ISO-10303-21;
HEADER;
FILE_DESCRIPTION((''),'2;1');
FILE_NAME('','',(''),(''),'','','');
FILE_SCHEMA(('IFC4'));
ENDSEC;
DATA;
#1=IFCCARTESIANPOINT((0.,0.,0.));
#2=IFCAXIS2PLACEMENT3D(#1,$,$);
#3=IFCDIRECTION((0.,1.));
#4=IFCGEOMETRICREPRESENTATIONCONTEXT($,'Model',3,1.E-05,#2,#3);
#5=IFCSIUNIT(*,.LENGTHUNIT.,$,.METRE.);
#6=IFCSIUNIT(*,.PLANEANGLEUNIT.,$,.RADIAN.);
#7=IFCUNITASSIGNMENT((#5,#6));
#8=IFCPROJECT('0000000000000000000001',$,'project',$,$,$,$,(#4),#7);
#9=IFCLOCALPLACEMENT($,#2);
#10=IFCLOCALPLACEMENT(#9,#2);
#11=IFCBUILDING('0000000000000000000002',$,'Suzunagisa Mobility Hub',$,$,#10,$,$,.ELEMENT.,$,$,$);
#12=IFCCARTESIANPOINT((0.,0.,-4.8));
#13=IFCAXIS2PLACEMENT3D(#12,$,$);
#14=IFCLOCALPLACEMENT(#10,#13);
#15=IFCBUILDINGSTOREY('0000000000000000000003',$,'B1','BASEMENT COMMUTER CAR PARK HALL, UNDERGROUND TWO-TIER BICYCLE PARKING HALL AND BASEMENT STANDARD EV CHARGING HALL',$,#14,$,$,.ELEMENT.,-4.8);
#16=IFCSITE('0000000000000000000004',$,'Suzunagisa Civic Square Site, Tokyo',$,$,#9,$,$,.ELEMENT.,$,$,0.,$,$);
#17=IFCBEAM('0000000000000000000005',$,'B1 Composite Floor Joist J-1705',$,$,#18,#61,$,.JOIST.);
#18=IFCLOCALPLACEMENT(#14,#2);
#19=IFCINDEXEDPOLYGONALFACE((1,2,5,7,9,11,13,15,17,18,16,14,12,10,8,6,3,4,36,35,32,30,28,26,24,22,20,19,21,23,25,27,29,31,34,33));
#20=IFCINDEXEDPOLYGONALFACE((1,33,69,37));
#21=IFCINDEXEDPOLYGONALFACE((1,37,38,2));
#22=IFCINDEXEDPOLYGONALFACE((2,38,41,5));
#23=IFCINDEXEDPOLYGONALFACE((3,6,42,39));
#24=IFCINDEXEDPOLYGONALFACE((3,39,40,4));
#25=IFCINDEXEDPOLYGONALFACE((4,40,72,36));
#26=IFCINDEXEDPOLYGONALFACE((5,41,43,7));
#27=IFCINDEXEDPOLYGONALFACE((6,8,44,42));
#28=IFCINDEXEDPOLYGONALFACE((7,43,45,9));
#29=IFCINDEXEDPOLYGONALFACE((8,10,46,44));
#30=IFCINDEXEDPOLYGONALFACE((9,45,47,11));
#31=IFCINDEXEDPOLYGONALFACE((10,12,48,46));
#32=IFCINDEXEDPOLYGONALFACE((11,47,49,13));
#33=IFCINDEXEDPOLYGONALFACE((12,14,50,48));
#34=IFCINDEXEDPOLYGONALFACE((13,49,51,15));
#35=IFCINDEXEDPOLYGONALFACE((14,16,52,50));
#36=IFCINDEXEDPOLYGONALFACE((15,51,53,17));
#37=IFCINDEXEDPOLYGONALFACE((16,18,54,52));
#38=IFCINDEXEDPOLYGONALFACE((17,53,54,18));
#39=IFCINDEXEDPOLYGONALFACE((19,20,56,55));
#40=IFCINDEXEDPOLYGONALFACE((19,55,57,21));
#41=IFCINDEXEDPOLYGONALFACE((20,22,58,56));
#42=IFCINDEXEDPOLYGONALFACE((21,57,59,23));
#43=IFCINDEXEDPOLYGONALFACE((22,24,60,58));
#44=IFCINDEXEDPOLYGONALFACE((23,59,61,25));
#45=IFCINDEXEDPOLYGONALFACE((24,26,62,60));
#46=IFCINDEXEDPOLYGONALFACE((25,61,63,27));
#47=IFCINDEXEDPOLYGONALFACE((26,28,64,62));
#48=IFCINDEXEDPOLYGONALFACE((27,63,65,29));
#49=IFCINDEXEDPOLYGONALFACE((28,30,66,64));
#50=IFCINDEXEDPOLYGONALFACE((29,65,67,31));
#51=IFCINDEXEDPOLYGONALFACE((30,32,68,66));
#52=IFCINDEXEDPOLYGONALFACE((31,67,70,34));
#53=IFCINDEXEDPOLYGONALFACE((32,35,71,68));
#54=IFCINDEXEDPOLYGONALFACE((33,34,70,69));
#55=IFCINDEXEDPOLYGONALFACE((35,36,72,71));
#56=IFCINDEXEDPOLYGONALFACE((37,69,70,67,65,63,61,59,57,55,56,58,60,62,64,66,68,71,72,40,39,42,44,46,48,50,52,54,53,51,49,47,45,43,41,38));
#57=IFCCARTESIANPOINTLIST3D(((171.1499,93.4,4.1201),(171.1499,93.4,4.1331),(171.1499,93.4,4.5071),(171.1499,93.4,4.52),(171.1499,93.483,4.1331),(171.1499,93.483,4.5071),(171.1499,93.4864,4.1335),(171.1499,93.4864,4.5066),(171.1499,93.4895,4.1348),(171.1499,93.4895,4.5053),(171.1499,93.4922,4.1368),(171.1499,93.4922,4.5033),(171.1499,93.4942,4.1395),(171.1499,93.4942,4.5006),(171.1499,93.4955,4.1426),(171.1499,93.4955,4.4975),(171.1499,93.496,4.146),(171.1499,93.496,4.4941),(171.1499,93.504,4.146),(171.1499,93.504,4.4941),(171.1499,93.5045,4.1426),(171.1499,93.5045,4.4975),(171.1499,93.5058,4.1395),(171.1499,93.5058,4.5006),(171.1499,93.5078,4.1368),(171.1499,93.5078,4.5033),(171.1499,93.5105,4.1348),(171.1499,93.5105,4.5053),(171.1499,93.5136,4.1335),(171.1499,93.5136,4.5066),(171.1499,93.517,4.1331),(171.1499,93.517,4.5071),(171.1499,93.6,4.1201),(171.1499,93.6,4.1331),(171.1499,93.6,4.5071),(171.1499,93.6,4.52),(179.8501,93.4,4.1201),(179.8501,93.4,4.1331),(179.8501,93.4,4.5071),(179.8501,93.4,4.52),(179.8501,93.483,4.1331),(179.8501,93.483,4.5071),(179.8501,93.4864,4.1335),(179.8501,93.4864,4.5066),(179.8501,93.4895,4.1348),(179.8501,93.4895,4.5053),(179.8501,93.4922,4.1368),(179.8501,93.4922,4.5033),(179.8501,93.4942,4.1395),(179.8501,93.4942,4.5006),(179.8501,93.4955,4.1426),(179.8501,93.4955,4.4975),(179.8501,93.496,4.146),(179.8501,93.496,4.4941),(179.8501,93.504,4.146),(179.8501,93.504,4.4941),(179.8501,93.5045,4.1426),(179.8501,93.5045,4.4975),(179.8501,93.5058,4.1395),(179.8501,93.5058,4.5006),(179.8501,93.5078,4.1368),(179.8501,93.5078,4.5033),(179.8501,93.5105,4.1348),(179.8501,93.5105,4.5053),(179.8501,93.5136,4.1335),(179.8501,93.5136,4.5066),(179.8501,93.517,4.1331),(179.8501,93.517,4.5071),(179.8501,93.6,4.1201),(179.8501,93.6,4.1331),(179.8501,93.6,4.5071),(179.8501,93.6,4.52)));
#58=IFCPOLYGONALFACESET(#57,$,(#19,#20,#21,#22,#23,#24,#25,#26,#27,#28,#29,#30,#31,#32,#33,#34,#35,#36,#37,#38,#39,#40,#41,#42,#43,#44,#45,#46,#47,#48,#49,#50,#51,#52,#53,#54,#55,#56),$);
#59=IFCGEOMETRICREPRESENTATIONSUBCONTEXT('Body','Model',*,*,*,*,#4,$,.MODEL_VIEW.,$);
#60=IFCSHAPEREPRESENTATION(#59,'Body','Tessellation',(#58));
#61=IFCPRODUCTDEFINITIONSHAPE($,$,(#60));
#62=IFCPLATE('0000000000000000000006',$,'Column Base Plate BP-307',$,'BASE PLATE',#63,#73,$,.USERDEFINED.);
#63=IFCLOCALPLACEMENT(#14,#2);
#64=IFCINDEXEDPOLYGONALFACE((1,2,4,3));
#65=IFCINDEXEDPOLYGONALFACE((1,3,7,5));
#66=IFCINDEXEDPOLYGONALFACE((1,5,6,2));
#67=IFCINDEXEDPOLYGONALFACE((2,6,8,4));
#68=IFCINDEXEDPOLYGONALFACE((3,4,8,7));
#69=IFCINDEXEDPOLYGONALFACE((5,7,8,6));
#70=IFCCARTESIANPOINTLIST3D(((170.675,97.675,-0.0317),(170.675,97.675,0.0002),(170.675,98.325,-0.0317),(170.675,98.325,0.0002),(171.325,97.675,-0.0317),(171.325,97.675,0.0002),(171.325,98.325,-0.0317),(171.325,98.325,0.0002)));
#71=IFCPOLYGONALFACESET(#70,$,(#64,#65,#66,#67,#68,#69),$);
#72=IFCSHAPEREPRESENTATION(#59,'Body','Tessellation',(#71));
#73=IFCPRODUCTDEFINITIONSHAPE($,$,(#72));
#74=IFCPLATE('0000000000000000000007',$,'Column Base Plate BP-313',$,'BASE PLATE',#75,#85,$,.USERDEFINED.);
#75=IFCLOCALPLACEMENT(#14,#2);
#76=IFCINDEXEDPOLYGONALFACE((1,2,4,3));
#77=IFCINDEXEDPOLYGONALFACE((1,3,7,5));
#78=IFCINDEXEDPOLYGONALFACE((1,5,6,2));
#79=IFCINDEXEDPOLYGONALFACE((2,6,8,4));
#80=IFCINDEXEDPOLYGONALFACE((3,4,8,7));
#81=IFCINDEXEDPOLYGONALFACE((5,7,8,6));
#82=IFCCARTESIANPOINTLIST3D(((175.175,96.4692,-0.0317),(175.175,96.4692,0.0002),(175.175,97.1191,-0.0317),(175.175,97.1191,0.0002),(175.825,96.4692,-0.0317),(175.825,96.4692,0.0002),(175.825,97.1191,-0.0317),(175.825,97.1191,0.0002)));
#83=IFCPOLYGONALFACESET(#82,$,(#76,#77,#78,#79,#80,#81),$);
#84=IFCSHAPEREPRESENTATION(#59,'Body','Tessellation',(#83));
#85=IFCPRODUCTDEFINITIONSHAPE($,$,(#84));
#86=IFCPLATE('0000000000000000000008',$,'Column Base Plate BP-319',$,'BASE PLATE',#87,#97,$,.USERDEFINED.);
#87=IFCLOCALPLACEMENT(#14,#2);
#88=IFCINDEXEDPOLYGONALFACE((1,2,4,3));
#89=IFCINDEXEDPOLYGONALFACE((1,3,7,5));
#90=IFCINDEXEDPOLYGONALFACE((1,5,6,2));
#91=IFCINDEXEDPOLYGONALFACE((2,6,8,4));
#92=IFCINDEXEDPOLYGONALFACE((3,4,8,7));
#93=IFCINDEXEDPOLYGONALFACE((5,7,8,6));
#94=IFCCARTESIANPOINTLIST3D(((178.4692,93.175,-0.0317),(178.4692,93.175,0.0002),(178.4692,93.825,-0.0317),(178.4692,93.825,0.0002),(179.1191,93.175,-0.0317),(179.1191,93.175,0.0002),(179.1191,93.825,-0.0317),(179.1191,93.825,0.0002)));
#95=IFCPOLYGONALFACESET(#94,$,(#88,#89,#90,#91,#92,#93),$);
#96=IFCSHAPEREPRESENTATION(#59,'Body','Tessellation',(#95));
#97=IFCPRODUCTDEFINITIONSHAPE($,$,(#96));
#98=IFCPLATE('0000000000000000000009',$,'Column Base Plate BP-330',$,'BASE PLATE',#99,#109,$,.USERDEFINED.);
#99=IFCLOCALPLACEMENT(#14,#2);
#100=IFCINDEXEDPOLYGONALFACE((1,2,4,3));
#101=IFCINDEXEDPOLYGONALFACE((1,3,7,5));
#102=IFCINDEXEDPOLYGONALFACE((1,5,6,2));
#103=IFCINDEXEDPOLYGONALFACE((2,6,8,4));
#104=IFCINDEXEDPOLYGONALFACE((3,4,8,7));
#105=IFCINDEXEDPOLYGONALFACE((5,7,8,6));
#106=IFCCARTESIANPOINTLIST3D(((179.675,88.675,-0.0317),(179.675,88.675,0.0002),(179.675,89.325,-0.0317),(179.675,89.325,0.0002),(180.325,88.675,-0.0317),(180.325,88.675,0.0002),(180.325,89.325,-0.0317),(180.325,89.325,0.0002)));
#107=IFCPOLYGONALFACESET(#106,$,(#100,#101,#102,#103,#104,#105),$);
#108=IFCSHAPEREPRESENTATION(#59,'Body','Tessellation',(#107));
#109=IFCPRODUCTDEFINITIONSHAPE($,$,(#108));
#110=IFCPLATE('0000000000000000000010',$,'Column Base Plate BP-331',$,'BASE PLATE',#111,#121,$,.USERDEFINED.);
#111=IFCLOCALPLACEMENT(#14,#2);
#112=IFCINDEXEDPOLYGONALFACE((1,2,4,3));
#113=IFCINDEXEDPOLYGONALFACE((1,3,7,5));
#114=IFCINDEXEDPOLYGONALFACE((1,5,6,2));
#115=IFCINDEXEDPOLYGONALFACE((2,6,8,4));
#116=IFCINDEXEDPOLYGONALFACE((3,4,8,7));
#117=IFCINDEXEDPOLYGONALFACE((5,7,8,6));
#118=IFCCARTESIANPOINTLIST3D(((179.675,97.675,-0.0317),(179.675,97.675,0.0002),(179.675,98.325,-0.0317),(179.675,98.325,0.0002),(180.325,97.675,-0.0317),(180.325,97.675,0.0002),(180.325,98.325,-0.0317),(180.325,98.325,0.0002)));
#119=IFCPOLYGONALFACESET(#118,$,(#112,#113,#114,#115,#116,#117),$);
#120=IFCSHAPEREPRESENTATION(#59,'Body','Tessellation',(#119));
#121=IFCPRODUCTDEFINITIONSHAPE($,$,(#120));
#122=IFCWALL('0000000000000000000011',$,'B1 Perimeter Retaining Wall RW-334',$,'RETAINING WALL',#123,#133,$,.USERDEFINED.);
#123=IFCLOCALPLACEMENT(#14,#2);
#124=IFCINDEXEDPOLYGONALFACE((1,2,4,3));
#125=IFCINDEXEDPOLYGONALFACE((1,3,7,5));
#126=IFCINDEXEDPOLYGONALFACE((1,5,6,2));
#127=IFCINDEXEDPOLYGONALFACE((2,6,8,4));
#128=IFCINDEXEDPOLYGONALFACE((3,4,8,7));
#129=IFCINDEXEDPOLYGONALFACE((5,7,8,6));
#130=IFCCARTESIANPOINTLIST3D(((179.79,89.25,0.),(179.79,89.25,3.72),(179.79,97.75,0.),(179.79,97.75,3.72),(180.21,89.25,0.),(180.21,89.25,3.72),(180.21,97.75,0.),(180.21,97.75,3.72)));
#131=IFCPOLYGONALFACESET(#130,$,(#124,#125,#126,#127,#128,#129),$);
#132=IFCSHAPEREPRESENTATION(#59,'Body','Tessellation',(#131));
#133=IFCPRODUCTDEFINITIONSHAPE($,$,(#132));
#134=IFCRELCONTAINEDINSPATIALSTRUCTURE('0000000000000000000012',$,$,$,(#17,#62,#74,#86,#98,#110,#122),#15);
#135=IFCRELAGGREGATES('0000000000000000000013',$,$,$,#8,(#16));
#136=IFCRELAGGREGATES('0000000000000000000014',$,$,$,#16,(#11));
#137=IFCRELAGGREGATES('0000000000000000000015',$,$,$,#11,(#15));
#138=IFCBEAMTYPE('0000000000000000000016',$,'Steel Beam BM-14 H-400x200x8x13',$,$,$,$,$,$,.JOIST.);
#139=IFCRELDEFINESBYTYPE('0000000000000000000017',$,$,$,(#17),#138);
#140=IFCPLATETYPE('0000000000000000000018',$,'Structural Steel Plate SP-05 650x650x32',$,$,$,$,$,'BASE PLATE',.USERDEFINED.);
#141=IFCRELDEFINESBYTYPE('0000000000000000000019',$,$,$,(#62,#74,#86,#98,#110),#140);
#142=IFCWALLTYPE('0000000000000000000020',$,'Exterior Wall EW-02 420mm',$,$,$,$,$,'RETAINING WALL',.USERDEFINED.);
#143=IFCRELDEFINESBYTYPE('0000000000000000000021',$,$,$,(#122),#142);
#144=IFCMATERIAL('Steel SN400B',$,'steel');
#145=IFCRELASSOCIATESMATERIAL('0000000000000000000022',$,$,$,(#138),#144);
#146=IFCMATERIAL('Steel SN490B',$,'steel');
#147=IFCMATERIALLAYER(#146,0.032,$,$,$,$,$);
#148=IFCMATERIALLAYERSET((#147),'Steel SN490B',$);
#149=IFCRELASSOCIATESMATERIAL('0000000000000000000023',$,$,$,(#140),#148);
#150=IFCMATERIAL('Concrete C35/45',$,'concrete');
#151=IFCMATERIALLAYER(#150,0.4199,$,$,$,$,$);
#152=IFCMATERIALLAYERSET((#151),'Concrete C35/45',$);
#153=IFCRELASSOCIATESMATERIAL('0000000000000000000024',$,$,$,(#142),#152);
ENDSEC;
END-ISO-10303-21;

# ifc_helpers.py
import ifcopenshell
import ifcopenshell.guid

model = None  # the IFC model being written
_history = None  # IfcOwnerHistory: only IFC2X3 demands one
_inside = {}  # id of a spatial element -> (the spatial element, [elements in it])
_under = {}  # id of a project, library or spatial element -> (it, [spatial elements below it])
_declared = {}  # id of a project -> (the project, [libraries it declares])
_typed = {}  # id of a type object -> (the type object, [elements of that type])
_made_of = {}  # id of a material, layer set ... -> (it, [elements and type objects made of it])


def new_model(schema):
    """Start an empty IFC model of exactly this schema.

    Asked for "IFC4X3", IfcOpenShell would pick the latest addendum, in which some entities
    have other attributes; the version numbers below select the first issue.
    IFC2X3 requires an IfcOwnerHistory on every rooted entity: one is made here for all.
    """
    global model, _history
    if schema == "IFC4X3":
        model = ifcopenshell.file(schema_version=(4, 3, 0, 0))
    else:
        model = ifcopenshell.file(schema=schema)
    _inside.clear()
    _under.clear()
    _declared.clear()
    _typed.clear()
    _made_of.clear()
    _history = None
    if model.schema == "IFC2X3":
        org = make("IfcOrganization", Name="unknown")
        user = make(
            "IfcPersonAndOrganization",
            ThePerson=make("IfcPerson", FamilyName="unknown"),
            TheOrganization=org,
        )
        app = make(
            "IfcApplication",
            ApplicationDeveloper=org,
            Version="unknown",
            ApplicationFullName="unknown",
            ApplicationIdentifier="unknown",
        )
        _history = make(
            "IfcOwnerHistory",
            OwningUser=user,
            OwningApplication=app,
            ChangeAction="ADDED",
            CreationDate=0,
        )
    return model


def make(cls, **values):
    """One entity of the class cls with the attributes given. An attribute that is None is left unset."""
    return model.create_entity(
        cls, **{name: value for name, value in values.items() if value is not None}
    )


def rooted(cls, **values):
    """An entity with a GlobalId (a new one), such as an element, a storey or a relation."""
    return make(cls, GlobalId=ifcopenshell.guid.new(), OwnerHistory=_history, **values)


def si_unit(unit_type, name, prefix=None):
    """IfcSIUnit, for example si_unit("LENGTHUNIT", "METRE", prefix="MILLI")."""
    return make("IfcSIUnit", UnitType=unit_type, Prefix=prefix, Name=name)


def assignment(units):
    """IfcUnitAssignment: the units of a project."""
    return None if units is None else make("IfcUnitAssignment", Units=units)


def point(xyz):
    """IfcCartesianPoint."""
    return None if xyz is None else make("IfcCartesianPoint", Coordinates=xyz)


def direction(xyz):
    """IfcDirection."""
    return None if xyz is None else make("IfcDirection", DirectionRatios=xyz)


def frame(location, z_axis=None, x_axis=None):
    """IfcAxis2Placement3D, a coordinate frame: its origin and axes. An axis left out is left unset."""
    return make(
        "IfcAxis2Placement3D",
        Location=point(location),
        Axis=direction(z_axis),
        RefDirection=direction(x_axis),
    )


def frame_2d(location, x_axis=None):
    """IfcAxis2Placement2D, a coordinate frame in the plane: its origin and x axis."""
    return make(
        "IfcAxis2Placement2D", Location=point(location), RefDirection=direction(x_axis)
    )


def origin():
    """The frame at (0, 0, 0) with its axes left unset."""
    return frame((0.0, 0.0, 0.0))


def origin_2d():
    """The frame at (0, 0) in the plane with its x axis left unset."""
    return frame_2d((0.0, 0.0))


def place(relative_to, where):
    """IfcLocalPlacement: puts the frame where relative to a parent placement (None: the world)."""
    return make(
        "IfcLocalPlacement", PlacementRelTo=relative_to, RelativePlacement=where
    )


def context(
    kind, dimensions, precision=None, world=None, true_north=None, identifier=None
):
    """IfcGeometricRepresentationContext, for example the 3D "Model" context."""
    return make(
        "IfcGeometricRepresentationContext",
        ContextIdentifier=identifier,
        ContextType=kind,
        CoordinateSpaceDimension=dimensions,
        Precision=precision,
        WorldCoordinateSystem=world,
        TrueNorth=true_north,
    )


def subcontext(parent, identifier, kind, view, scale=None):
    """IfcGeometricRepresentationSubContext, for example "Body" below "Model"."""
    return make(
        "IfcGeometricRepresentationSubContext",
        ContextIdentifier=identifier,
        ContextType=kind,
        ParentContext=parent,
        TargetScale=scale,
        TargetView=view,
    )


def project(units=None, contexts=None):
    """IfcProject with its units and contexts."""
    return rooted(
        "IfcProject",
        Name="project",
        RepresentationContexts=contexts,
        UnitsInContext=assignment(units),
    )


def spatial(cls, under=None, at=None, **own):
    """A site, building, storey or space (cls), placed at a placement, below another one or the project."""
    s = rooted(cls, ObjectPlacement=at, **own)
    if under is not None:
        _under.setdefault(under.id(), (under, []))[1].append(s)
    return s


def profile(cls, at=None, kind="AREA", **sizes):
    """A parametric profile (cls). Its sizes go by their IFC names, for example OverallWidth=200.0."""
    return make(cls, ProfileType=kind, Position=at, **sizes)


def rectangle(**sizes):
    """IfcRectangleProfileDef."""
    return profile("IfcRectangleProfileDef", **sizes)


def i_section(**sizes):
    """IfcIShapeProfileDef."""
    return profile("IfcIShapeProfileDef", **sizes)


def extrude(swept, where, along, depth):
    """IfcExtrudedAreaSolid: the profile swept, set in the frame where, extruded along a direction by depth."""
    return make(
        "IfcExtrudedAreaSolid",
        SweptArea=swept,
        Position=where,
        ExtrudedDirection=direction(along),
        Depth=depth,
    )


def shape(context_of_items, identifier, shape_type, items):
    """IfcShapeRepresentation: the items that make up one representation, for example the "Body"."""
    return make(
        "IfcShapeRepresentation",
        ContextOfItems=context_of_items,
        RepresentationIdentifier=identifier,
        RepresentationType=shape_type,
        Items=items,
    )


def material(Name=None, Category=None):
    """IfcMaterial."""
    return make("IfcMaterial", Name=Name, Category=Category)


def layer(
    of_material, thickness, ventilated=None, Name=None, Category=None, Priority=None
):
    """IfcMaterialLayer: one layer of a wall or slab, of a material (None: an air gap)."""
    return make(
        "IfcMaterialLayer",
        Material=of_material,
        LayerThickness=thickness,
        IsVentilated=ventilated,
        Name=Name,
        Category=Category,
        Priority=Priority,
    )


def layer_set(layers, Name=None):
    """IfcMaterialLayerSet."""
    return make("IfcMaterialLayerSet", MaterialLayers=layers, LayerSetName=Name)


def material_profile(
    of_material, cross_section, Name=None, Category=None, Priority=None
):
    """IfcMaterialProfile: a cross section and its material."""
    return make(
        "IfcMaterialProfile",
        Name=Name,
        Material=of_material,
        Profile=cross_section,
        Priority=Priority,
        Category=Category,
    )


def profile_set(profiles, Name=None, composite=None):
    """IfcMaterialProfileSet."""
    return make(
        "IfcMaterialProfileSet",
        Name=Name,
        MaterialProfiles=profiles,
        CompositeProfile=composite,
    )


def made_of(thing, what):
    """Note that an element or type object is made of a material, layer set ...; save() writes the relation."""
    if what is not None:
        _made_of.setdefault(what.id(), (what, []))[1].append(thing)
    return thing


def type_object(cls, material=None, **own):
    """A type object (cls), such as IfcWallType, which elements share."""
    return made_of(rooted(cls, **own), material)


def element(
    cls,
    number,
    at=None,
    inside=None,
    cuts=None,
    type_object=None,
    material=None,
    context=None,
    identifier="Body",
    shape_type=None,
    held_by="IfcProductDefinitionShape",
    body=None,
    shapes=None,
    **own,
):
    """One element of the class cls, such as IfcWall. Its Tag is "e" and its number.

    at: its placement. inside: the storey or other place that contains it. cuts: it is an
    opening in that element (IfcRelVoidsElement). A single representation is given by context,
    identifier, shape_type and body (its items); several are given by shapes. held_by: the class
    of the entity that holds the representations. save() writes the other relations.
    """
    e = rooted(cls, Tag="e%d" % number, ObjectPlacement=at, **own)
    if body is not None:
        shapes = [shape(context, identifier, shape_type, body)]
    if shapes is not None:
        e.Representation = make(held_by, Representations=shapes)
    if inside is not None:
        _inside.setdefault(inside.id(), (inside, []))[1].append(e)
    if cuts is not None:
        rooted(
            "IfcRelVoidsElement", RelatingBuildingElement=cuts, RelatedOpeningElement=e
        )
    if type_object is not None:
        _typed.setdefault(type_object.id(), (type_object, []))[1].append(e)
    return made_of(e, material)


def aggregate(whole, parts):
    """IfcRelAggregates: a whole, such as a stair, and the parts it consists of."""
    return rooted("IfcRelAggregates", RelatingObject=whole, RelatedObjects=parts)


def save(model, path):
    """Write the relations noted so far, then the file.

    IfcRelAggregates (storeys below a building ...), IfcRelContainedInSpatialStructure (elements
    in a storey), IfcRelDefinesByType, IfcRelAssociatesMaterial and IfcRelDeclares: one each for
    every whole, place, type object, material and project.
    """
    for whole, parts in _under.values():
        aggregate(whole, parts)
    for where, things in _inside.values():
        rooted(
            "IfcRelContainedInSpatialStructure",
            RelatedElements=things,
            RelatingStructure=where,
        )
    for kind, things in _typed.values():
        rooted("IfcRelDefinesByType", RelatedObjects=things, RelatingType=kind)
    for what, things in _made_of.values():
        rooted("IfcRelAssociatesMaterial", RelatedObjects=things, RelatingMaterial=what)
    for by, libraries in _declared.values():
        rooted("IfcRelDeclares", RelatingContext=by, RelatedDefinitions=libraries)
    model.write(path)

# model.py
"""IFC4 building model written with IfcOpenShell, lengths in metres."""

from ifc_helpers import new_model, si_unit, direction, frame, frame_2d, origin, origin_2d, place, context, subcontext, project, spatial, rectangle, i_section, extrude, material, layer, layer_set, material_profile, profile_set, type_object, element, save


model = new_model("IFC4")

# Units and contexts
model_context = context("Model", 3, precision=1e-05, world=origin(), true_north=direction((0.0, 1.0)))
body_context = subcontext(model_context, "Body", "Model", "MODEL_VIEW")
ifc_project = project(units=[si_unit("LENGTHUNIT", "METRE"), si_unit("PLANEANGLEUNIT", "RADIAN")], contexts=[model_context])

# Site, building, storey
site_placement = place(None, origin())
site = spatial("IfcSite", under=ifc_project, at=site_placement, Name="Suzunagisa Civic Square Site, Tokyo", CompositionType="ELEMENT", RefElevation=0.0)
building_placement = place(site_placement, origin())
building = spatial("IfcBuilding", under=site, at=building_placement, Name="Suzunagisa Mobility Hub", CompositionType="ELEMENT")
storey_placement = place(building_placement, frame((0.0, 0.0, -4.8)))
storey = spatial("IfcBuildingStorey", under=building, at=storey_placement, Name="B1", Description="BASEMENT COMMUTER CAR PARK HALL, UNDERGROUND TWO-TIER BICYCLE PARKING HALL AND BASEMENT STANDARD EV CHARGING HALL", CompositionType="ELEMENT", Elevation=-4.8)

# Shared definitions
ifc_material_1 = material(Name="Steel SN490B", Category="steel")

# Beam
ifc_material_2 = material(Name="Steel SN400B", Category="steel")
ifc_material_profile_1 = material_profile(ifc_material_2, i_section(OverallWidth=0.2, OverallDepth=0.3999, WebThickness=0.0081, FlangeThickness=0.0129, FilletRadius=0.0129, at=origin_2d()), Name="H-400x200x8x13")
ifc_profile_set_1 = profile_set([ifc_material_profile_1], Name="Steel SN400B")
beam_type_1 = type_object("IfcBeamType", Name="Steel Beam BM-14 H-400x200x8x13", PredefinedType="JOIST", material=ifc_profile_set_1)
beam_1_placement = place(storey_placement, frame((171.1499, 93.5, 4.3201), z_axis=(1.0, 0.0, 0.0), x_axis=(0.0, 1.0, 0.0)))
element("IfcBeam", 1, at=beam_1_placement, inside=storey, type_object=beam_type_1, Name="B1 Composite Floor Joist J-1705", PredefinedType="JOIST", context=body_context, shape_type="SweptSolid", body=[
    extrude(i_section(OverallWidth=0.2, OverallDepth=0.3999, WebThickness=0.0081, FlangeThickness=0.0129, FilletRadius=0.0129, at=origin_2d()), origin(), (0.0, 0.0, 1.0), 8.7002),
])

# Plates
ifc_layer_1 = layer(ifc_material_1, 0.032)
ifc_layer_set_1 = layer_set([ifc_layer_1], Name="Steel SN490B")
plate_type = type_object("IfcPlateType", Name="Structural Steel Plate SP-05 650x650x32", ElementType="BASE PLATE", PredefinedType="USERDEFINED", material=ifc_layer_set_1)
for number, where, z_axis, x_axis, name in (
    (2, (171.0, 98.0, -0.0317), (0.0, 0.0, 1.0), (1.0, 0.0, 0.0), "Column Base Plate BP-307"),
    (3, (175.5, 96.7942, -0.0317), (0.0, 0.0, 1.0), (1.0, 0.0, 0.0), "Column Base Plate BP-313"),
    (4, (178.7942, 93.5, -0.0317), (0.0, 0.0, 1.0), (1.0, 0.0, 0.0), "Column Base Plate BP-319"),
    (5, (180.0, 89.0, -0.0317), (0.0, 0.0, 1.0), (1.0, 0.0, 0.0), "Column Base Plate BP-330"),
    (6, (180.0, 98.0, -0.0317), (0.0, 0.0, 1.0), (1.0, 0.0, 0.0), "Column Base Plate BP-331"),
):
    element("IfcPlate", number, at=place(storey_placement, frame(where, z_axis=z_axis, x_axis=x_axis)), inside=storey, type_object=plate_type, Name=name, ObjectType="BASE PLATE", PredefinedType="USERDEFINED", context=body_context, shape_type="SweptSolid", body=[
        extrude(rectangle(XDim=0.6499, YDim=0.6499, at=origin_2d()), origin(), (0.0, 0.0, 1.0), 0.032),
    ])

# Wall
ifc_material_3 = material(Name="Concrete C35/45", Category="concrete")
ifc_layer_2 = layer(ifc_material_3, 0.4199)
ifc_layer_set_2 = layer_set([ifc_layer_2], Name="Concrete C35/45")
wall_type = type_object("IfcWallType", Name="Exterior Wall EW-02 420mm", ElementType="RETAINING WALL", PredefinedType="USERDEFINED", material=ifc_layer_set_2)
wall_placement = place(storey_placement, frame((180.0, 89.25, 0.0), z_axis=(0.0, 0.0, 1.0), x_axis=(0.0, 1.0, 0.0)))
element("IfcWall", 7, at=wall_placement, inside=storey, type_object=wall_type, Name="B1 Perimeter Retaining Wall RW-334", ObjectType="RETAINING WALL", PredefinedType="USERDEFINED", context=body_context, shape_type="SweptSolid", body=[
    extrude(rectangle(XDim=8.5, YDim=0.4199, at=frame_2d((4.25, 0.0))), origin(), (0.0, 0.0, 1.0), 3.72),
])

save(model, "model.ifc")
